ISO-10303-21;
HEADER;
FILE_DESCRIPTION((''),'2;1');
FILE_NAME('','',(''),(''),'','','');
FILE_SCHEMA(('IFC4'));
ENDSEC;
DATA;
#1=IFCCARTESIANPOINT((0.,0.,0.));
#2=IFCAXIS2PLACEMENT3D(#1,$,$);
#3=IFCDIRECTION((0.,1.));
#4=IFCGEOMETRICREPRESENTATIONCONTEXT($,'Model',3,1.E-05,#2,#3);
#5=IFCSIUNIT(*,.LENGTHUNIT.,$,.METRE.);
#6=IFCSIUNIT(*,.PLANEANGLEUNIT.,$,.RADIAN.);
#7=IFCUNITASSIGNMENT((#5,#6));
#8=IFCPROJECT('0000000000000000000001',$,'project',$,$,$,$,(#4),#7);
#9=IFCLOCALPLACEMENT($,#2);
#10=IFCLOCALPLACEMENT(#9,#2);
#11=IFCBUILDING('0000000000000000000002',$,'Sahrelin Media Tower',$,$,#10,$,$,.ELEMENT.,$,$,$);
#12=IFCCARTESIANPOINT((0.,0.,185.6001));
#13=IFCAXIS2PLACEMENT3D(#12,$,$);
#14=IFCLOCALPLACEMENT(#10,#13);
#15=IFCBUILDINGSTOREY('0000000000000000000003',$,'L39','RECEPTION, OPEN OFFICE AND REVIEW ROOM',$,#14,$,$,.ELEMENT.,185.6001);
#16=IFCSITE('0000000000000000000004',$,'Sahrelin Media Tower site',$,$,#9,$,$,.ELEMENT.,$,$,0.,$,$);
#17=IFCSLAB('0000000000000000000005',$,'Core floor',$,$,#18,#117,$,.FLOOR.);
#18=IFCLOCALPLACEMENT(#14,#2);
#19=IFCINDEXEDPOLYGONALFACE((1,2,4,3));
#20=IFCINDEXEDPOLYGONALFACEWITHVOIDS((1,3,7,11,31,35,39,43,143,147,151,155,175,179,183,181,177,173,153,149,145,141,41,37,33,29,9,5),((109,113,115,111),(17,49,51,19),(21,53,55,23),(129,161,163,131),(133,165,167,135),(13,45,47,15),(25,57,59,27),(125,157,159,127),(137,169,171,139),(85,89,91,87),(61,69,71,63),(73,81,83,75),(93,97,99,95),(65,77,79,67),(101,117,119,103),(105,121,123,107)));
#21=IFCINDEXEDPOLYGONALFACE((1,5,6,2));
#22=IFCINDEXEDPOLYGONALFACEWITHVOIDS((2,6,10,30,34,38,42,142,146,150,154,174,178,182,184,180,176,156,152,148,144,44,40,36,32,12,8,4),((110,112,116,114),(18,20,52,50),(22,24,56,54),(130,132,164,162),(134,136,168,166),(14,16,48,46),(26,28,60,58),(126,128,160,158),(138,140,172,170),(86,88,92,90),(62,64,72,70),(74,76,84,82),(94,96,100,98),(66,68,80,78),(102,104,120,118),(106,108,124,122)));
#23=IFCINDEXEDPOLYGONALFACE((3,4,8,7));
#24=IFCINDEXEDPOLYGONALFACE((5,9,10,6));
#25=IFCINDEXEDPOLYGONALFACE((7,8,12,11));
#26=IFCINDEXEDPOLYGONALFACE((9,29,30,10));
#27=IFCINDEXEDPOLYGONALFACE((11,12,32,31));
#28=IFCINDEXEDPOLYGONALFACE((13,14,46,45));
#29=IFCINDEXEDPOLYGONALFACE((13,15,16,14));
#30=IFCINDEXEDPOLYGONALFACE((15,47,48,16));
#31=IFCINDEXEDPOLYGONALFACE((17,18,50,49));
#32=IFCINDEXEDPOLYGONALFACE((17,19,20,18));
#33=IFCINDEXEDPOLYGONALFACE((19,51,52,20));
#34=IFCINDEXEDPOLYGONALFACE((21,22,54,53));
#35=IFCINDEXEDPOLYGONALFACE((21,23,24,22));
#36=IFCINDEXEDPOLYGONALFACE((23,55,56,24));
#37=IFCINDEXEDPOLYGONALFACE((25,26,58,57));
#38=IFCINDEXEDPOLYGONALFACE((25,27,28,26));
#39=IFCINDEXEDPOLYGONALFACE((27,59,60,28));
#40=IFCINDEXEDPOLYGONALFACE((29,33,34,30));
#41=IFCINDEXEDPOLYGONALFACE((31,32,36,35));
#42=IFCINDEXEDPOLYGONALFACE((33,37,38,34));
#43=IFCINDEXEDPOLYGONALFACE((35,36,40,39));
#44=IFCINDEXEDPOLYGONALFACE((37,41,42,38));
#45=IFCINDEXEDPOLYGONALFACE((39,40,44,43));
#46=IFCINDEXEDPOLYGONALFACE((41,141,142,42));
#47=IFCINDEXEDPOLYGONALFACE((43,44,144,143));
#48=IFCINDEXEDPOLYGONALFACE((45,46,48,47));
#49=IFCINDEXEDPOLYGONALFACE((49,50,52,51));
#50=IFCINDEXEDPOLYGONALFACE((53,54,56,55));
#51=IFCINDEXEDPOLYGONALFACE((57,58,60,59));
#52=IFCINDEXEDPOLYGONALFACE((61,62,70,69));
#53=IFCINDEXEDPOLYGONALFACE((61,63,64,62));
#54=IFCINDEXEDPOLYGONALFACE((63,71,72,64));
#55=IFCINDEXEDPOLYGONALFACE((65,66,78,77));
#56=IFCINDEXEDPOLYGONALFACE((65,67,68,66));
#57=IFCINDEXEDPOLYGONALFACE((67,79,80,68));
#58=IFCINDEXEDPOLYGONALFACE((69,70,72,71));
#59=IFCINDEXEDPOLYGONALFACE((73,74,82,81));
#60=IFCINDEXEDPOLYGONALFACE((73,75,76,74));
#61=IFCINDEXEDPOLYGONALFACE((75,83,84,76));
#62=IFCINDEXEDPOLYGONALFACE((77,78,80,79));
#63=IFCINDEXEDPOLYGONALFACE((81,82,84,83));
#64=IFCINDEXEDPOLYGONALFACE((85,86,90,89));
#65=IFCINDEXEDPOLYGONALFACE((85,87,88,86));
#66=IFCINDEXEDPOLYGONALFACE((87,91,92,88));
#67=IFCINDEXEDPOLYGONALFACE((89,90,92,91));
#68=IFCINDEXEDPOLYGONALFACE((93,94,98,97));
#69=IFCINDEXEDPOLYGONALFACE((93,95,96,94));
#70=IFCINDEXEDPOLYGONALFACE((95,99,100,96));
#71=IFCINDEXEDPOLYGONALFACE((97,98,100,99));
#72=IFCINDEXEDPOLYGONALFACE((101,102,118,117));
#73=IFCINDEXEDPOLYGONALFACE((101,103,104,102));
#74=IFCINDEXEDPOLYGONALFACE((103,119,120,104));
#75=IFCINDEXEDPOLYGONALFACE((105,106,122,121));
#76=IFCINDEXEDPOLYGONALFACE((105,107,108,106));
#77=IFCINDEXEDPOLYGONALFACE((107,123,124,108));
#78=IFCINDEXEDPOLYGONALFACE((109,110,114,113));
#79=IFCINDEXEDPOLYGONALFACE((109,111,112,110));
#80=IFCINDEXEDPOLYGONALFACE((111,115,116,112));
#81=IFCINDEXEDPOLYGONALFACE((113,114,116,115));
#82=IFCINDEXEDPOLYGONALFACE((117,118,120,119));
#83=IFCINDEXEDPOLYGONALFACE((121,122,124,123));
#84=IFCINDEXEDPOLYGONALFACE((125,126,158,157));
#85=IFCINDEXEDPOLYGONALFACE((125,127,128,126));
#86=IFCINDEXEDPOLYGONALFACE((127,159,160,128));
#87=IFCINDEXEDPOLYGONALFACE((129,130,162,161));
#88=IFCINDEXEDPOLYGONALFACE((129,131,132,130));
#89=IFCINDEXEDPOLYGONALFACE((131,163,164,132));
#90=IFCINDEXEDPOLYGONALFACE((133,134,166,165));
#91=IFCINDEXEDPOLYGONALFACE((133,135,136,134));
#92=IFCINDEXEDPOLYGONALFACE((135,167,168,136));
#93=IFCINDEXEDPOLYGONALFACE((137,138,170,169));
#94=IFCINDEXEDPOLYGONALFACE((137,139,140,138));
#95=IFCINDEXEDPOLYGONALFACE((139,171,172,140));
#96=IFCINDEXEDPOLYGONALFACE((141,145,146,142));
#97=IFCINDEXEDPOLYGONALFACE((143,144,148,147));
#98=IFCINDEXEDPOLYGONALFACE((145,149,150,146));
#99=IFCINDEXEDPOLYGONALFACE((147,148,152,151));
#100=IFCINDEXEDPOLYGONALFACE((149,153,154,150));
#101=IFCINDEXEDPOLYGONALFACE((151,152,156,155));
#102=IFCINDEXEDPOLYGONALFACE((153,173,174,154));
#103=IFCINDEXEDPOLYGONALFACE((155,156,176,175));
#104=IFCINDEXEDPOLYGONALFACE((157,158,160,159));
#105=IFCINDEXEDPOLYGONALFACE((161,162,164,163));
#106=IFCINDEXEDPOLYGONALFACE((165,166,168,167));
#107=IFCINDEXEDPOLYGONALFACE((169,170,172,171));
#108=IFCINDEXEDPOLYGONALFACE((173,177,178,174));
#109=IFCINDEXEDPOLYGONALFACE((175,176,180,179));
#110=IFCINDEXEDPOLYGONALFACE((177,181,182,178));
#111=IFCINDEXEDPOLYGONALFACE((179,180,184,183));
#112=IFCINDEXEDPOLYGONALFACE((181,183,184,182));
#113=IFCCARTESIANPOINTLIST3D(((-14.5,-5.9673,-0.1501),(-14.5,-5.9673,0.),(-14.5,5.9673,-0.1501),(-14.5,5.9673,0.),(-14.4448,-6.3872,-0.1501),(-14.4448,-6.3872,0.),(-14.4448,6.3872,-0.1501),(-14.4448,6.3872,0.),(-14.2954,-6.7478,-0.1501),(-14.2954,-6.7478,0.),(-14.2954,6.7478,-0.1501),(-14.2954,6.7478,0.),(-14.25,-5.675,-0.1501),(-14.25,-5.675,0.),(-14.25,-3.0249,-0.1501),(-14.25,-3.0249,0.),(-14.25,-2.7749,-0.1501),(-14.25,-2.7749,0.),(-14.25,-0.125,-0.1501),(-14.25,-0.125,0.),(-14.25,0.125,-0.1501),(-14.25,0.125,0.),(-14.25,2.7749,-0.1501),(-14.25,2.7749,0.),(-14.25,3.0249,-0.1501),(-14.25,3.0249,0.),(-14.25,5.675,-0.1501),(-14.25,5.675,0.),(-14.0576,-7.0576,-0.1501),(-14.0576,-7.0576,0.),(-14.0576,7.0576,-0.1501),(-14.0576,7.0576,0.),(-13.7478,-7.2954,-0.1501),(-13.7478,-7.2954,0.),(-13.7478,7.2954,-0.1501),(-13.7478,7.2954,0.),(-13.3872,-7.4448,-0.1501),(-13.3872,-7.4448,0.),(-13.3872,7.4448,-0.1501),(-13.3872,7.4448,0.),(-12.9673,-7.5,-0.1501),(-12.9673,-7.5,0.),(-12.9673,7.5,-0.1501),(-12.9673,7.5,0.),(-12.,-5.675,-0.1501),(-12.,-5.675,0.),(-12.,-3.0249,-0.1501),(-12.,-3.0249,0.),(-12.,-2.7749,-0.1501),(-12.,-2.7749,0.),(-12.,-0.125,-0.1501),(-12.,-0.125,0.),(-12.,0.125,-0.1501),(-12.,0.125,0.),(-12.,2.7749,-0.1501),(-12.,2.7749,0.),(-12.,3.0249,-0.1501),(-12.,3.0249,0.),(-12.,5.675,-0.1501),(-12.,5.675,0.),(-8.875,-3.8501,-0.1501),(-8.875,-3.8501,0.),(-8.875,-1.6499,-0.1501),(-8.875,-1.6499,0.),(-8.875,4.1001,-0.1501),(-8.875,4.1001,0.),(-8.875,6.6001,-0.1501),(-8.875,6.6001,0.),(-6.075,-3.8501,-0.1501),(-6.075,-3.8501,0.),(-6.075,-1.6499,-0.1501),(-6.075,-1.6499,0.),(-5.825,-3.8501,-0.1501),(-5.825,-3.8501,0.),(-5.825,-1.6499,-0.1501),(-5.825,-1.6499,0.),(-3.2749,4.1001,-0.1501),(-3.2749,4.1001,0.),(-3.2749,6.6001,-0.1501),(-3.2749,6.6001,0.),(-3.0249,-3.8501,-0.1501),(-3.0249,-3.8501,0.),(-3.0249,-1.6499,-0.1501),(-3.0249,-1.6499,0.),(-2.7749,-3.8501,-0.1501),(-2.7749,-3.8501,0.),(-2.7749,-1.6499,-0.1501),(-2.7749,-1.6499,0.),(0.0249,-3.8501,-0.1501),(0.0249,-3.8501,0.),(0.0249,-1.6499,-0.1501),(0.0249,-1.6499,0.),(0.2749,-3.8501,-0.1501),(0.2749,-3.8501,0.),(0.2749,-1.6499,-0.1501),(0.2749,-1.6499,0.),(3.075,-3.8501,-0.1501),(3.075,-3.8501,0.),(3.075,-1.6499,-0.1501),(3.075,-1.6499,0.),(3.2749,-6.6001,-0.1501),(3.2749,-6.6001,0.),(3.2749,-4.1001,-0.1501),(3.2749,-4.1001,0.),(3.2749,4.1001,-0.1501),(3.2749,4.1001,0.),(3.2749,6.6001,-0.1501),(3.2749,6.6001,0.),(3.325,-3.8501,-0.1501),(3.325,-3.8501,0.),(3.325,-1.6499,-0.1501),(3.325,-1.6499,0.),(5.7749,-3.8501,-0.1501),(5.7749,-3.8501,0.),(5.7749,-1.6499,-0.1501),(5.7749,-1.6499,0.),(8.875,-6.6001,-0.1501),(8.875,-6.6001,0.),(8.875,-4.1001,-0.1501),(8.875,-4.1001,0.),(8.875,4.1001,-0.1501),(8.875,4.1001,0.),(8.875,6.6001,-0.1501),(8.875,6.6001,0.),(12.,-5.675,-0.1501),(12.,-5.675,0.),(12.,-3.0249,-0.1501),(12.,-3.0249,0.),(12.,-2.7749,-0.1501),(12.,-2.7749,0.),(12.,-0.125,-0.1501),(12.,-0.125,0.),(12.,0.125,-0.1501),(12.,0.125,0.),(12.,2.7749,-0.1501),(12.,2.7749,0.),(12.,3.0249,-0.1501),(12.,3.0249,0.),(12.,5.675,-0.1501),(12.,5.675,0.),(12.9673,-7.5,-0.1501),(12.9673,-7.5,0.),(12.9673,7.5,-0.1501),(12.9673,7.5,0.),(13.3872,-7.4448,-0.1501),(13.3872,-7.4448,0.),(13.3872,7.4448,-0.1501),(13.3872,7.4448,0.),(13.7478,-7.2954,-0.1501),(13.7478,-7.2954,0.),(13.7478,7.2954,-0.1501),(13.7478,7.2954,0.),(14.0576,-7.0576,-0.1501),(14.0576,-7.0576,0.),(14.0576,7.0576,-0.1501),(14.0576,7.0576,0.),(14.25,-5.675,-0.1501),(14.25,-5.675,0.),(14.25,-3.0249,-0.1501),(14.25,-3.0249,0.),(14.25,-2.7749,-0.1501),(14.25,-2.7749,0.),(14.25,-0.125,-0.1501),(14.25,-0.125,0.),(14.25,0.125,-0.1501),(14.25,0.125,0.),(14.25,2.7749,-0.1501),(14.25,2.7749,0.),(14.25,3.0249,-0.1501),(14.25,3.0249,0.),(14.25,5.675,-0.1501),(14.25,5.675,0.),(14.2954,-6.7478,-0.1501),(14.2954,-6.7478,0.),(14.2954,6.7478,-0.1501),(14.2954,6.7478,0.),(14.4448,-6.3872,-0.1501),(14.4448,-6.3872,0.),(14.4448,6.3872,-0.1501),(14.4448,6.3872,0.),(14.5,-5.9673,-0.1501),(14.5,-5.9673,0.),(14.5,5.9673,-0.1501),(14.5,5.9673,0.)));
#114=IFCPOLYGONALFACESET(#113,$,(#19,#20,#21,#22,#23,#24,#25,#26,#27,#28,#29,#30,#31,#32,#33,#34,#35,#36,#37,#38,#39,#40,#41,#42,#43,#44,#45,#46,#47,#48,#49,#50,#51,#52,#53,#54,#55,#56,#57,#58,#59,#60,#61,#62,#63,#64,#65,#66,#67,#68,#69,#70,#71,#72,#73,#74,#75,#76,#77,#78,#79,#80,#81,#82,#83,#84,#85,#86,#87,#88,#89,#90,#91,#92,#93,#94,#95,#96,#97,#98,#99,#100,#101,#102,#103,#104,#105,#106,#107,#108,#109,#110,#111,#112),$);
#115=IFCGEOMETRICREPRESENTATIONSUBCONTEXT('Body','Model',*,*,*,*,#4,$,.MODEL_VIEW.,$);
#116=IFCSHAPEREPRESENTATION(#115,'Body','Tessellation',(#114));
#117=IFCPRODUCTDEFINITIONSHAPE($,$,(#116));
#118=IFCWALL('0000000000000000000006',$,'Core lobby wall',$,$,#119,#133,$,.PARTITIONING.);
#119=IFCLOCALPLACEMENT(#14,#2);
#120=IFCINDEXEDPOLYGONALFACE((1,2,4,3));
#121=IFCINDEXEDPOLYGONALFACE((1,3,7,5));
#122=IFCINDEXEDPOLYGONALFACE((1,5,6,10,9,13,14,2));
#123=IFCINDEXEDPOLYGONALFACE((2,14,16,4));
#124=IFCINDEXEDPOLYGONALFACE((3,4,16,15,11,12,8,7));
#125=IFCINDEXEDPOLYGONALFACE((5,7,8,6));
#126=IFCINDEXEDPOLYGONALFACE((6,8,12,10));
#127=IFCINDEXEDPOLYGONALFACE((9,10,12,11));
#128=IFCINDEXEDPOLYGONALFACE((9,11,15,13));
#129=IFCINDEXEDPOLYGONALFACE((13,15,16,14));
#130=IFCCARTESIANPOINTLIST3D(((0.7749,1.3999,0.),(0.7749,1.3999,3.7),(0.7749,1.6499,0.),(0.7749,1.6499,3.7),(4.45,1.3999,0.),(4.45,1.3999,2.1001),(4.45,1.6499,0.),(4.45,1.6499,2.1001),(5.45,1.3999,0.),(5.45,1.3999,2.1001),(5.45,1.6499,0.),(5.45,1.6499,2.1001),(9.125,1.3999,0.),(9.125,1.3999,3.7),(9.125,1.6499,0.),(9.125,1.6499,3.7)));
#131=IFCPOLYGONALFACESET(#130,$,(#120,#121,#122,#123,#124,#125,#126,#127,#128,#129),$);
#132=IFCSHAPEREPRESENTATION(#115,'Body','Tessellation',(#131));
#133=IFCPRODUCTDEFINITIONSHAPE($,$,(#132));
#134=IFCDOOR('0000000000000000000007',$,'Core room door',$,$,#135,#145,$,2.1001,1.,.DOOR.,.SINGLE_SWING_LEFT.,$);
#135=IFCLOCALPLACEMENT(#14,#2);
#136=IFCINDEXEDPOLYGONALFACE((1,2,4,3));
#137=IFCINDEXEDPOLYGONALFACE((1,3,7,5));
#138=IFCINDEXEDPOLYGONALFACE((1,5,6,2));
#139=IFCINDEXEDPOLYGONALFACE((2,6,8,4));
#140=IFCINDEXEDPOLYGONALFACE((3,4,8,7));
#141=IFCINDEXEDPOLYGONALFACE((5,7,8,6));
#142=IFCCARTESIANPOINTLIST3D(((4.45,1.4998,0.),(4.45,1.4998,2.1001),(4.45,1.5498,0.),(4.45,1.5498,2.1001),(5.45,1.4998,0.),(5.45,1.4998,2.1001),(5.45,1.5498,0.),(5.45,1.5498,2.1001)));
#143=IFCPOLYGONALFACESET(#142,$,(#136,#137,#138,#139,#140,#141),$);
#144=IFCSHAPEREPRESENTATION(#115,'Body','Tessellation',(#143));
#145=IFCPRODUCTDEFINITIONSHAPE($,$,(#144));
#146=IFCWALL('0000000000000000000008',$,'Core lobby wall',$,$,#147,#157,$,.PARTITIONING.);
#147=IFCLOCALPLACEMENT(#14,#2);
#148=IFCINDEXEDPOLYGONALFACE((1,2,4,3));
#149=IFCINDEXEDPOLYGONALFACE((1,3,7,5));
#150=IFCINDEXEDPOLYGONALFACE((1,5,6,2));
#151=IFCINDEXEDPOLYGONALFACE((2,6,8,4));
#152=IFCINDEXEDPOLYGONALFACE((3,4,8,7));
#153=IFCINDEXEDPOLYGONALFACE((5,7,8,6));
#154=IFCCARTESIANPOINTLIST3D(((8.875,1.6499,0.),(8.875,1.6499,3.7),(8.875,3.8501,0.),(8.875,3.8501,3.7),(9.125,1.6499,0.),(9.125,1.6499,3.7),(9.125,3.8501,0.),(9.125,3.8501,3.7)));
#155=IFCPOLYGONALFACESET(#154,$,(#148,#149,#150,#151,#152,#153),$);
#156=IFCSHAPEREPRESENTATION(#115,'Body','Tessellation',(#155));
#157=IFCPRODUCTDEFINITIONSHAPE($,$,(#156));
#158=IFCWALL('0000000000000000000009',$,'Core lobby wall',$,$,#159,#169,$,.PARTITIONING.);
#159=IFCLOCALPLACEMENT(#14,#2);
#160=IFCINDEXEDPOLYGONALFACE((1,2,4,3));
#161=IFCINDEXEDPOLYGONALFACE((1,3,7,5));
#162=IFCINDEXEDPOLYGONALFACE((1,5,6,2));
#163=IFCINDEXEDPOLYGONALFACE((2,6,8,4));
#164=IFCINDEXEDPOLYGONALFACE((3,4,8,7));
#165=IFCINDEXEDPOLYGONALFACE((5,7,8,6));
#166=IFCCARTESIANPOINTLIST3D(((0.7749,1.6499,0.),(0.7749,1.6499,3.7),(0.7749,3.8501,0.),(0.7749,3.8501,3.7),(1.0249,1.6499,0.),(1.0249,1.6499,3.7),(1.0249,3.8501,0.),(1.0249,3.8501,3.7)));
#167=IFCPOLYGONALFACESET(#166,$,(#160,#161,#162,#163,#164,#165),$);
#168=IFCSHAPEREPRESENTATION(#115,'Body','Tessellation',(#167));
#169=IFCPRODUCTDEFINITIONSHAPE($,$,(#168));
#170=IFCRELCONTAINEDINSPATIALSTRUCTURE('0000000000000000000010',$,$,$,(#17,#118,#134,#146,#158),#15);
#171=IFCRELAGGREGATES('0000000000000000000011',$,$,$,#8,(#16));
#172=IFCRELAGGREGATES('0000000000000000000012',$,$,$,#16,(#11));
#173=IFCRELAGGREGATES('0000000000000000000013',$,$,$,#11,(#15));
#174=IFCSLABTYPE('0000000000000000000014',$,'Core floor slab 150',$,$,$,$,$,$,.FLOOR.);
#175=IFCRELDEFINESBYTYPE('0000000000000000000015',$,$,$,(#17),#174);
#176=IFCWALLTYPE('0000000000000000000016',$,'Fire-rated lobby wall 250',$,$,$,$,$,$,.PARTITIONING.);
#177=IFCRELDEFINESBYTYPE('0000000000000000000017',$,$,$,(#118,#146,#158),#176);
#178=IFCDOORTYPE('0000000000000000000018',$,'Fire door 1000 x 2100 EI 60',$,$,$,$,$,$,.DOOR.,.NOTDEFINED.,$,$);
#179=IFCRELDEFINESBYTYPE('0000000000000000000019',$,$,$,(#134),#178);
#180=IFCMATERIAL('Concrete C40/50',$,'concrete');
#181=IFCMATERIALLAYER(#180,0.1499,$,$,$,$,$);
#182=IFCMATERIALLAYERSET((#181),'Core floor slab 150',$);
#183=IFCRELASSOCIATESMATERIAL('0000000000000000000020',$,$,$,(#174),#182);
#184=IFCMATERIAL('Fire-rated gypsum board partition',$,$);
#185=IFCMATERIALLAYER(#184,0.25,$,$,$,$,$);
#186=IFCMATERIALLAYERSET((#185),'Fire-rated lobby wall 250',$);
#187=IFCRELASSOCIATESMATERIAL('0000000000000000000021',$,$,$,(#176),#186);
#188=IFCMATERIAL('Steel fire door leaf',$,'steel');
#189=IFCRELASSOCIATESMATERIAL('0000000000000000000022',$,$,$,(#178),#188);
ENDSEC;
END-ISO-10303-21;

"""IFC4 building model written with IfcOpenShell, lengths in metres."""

from ifc_helpers import new_model, si_unit, direction, frame, frame_2d, origin, place, context, subcontext, project, spatial, polyline, rectangle, outline, extrude, material, layer, layer_set, type_object, element, fill, save


model = new_model("IFC4")

# Units and contexts
model_context = context("Model", 3, precision=1e-05, world=origin(), true_north=direction((0.0, 1.0)))
body_context = subcontext(model_context, "Body", "Model", "MODEL_VIEW")
ifc_project = project(units=[si_unit("LENGTHUNIT", "METRE"), si_unit("PLANEANGLEUNIT", "RADIAN")], contexts=[model_context])

# Site, building, storey
site_placement = place(None, origin())
site = spatial("IfcSite", under=ifc_project, at=site_placement, Name="Sahrelin Media Tower site", CompositionType="ELEMENT", RefElevation=0.0)
building_placement = place(site_placement, origin())
building = spatial("IfcBuilding", under=site, at=building_placement, Name="Sahrelin Media Tower", CompositionType="ELEMENT")
storey_placement = place(building_placement, frame((0.0, 0.0, 185.6001)))
storey = spatial("IfcBuildingStorey", under=building, at=storey_placement, Name="L39", Description="RECEPTION, OPEN OFFICE AND REVIEW ROOM", CompositionType="ELEMENT", Elevation=185.6001)

# Slab
ifc_material_1 = material(Name="Concrete C40/50", Category="concrete")
ifc_layer_1 = layer(ifc_material_1, 0.1499)
ifc_layer_set_1 = layer_set([ifc_layer_1], Name="Core floor slab 150")
slab_type = type_object("IfcSlabType", Name="Core floor slab 150", PredefinedType="FLOOR", material=ifc_layer_set_1)
slab_placement = place(storey_placement, frame((0.0, 0.0, -0.1501)))
element("IfcSlab", 1, at=slab_placement, inside=storey, type_object=slab_type, Name="Core floor", PredefinedType="FLOOR", context=body_context, shape_type="SweptSolid", body=[
    extrude(outline(polyline([(-14.4448, 6.3872), (-14.5, 5.9673), (-14.5, -5.9673), (-14.4448, -6.3872), (-14.2954, -6.7478), (-14.0576, -7.0576), (-13.7478, -7.2954), (-13.3872, -7.4448), (-12.9673, -7.5), (12.9673, -7.5), (13.3872, -7.4448), (13.7478, -7.2954), (14.0576, -7.0576), (14.2954, -6.7478), (14.4448, -6.3872), (14.5, -5.9673), (14.5, 5.9673), (14.4448, 6.3872), (14.2954, 6.7478), (14.0576, 7.0576), (13.7478, 7.2954), (13.3872, 7.4448), (12.9673, 7.5), (-12.9673, 7.5), (-13.3872, 7.4448), (-13.7478, 7.2954), (-14.0576, 7.0576), (-14.2954, 6.7478), (-14.4448, 6.3872)]), holes=[polyline([(-12.0, 3.0249), (-12.0, 5.675), (-14.25, 5.675), (-14.25, 3.0249), (-12.0, 3.0249)]), polyline([(-14.25, 0.125), (-12.0, 0.125), (-12.0, 2.7749), (-14.25, 2.7749), (-14.25, 0.125)]), polyline([(-14.25, -0.125), (-14.25, -2.7749), (-12.0, -2.7749), (-12.0, -0.125), (-14.25, -0.125)]), polyline([(-12.0, -3.0249), (-14.25, -3.0249), (-14.25, -5.675), (-12.0, -5.675), (-12.0, -3.0249)]), polyline([(14.25, 3.0249), (14.25, 5.675), (12.0, 5.675), (12.0, 3.0249), (14.25, 3.0249)]), polyline([(12.0, 0.125), (14.25, 0.125), (14.25, 2.7749), (12.0, 2.7749), (12.0, 0.125)]), polyline([(12.0, -0.125), (12.0, -2.7749), (14.25, -2.7749), (14.25, -0.125), (12.0, -0.125)]), polyline([(14.25, -3.0249), (12.0, -3.0249), (12.0, -5.675), (14.25, -5.675), (14.25, -3.0249)]), polyline([(-6.075, -3.8501), (-6.075, -1.6499), (-8.875, -1.6499), (-8.875, -3.8501), (-6.075, -3.8501)]), polyline([(-5.825, -3.8501), (-3.0249, -3.8501), (-3.0249, -1.6499), (-5.825, -1.6499), (-5.825, -3.8501)]), polyline([(-2.7749, -1.6499), (-2.7749, -3.8501), (0.0249, -3.8501), (0.0249, -1.6499), (-2.7749, -1.6499)]), polyline([(3.075, -1.6499), (0.2749, -1.6499), (0.2749, -3.8501), (3.075, -3.8501), (3.075, -1.6499)]), polyline([(5.7749, -3.8501), (5.7749, -1.6499), (3.325, -1.6499), (3.325, -3.8501), (5.7749, -3.8501)]), polyline([(-8.875, 6.6001), (-8.875, 4.1001), (-3.2749, 4.1001), (-3.2749, 6.6001), (-8.875, 6.6001)]), polyline([(3.2749, 4.1001), (8.875, 4.1001), (8.875, 6.6001), (3.2749, 6.6001), (3.2749, 4.1001)]), polyline([(3.2749, -4.1001), (3.2749, -6.6001), (8.875, -6.6001), (8.875, -4.1001), (3.2749, -4.1001)])]), origin(), (0.0, 0.0, 1.0), 0.1501),
])

# Wall, opening, door
ifc_material_2 = material(Name="Fire-rated gypsum board partition")
ifc_layer_2 = layer(ifc_material_2, 0.25)
ifc_layer_set_2 = layer_set([ifc_layer_2], Name="Fire-rated lobby wall 250")
wall_type_1 = type_object("IfcWallType", Name="Fire-rated lobby wall 250", PredefinedType="PARTITIONING", material=ifc_layer_set_2)
wall_1_placement = place(storey_placement, frame((0.7749, 1.5249, 0.0), z_axis=(0.0, 0.0, 1.0), x_axis=(1.0, 0.0, 0.0)))
wall_1 = element("IfcWall", 2, at=wall_1_placement, inside=storey, type_object=wall_type_1, Name="Core lobby wall", PredefinedType="PARTITIONING", context=body_context, shape_type="SweptSolid", body=[
    extrude(rectangle(XDim=8.3501, YDim=0.25, at=frame_2d((4.175, 0.0))), origin(), (0.0, 0.0, 1.0), 3.7),
])
opening_1_placement = place(wall_1_placement, frame((3.675, 0.0, 0.0)))
opening_1 = element("IfcOpeningElement", 3, at=opening_1_placement, cuts=wall_1, PredefinedType="OPENING", context=body_context, shape_type="SweptSolid", body=[
    extrude(rectangle(XDim=1.0, YDim=2.1001, at=frame_2d((0.5, 1.05))), frame((0.0, 0.125, 0.0), z_axis=(0.0, -1.0, 0.0), x_axis=(1.0, 0.0, 0.0)), (0.0, 0.0, 1.0), 0.25),
])
ifc_material_3 = material(Name="Steel fire door leaf", Category="steel")
door_type_1 = type_object("IfcDoorType", Name="Fire door 1000 x 2100 EI 60", OperationType="NOTDEFINED", PredefinedType="DOOR", material=ifc_material_3)
door_1_placement = place(opening_1_placement, origin())
door_1 = element("IfcDoor", 4, at=door_1_placement, inside=storey, type_object=door_type_1, Name="Core room door", OperationType="SINGLE_SWING_LEFT", OverallHeight=2.1001, OverallWidth=1.0, PredefinedType="DOOR", context=body_context, shape_type="SweptSolid", body=[
    extrude(rectangle(XDim=1.0, YDim=2.1001, at=frame_2d((0.5, 1.05))), frame((0.0, 0.0249, 0.0), z_axis=(0.0, -1.0, 0.0), x_axis=(1.0, 0.0, 0.0)), (0.0, 0.0, 1.0), 0.05),
])
fill(opening_1, door_1)

# Walls
for number, where, z_axis, x_axis, name in (
    (5, (9.0, 1.6499, 0.0), (0.0, 0.0, 1.0), (0.0, 1.0, 0.0), "Core lobby wall"),
    (6, (0.8999, 1.6499, 0.0), (0.0, 0.0, 1.0), (0.0, 1.0, 0.0), "Core lobby wall"),
):
    element("IfcWall", number, at=place(storey_placement, frame(where, z_axis=z_axis, x_axis=x_axis)), inside=storey, type_object=wall_type_1, Name=name, PredefinedType="PARTITIONING", context=body_context, shape_type="SweptSolid", body=[
        extrude(rectangle(XDim=2.2002, YDim=0.25, at=frame_2d((1.1001, 0.0))), origin(), (0.0, 0.0, 1.0), 3.7),
    ])

save(model, "model.ifc")
